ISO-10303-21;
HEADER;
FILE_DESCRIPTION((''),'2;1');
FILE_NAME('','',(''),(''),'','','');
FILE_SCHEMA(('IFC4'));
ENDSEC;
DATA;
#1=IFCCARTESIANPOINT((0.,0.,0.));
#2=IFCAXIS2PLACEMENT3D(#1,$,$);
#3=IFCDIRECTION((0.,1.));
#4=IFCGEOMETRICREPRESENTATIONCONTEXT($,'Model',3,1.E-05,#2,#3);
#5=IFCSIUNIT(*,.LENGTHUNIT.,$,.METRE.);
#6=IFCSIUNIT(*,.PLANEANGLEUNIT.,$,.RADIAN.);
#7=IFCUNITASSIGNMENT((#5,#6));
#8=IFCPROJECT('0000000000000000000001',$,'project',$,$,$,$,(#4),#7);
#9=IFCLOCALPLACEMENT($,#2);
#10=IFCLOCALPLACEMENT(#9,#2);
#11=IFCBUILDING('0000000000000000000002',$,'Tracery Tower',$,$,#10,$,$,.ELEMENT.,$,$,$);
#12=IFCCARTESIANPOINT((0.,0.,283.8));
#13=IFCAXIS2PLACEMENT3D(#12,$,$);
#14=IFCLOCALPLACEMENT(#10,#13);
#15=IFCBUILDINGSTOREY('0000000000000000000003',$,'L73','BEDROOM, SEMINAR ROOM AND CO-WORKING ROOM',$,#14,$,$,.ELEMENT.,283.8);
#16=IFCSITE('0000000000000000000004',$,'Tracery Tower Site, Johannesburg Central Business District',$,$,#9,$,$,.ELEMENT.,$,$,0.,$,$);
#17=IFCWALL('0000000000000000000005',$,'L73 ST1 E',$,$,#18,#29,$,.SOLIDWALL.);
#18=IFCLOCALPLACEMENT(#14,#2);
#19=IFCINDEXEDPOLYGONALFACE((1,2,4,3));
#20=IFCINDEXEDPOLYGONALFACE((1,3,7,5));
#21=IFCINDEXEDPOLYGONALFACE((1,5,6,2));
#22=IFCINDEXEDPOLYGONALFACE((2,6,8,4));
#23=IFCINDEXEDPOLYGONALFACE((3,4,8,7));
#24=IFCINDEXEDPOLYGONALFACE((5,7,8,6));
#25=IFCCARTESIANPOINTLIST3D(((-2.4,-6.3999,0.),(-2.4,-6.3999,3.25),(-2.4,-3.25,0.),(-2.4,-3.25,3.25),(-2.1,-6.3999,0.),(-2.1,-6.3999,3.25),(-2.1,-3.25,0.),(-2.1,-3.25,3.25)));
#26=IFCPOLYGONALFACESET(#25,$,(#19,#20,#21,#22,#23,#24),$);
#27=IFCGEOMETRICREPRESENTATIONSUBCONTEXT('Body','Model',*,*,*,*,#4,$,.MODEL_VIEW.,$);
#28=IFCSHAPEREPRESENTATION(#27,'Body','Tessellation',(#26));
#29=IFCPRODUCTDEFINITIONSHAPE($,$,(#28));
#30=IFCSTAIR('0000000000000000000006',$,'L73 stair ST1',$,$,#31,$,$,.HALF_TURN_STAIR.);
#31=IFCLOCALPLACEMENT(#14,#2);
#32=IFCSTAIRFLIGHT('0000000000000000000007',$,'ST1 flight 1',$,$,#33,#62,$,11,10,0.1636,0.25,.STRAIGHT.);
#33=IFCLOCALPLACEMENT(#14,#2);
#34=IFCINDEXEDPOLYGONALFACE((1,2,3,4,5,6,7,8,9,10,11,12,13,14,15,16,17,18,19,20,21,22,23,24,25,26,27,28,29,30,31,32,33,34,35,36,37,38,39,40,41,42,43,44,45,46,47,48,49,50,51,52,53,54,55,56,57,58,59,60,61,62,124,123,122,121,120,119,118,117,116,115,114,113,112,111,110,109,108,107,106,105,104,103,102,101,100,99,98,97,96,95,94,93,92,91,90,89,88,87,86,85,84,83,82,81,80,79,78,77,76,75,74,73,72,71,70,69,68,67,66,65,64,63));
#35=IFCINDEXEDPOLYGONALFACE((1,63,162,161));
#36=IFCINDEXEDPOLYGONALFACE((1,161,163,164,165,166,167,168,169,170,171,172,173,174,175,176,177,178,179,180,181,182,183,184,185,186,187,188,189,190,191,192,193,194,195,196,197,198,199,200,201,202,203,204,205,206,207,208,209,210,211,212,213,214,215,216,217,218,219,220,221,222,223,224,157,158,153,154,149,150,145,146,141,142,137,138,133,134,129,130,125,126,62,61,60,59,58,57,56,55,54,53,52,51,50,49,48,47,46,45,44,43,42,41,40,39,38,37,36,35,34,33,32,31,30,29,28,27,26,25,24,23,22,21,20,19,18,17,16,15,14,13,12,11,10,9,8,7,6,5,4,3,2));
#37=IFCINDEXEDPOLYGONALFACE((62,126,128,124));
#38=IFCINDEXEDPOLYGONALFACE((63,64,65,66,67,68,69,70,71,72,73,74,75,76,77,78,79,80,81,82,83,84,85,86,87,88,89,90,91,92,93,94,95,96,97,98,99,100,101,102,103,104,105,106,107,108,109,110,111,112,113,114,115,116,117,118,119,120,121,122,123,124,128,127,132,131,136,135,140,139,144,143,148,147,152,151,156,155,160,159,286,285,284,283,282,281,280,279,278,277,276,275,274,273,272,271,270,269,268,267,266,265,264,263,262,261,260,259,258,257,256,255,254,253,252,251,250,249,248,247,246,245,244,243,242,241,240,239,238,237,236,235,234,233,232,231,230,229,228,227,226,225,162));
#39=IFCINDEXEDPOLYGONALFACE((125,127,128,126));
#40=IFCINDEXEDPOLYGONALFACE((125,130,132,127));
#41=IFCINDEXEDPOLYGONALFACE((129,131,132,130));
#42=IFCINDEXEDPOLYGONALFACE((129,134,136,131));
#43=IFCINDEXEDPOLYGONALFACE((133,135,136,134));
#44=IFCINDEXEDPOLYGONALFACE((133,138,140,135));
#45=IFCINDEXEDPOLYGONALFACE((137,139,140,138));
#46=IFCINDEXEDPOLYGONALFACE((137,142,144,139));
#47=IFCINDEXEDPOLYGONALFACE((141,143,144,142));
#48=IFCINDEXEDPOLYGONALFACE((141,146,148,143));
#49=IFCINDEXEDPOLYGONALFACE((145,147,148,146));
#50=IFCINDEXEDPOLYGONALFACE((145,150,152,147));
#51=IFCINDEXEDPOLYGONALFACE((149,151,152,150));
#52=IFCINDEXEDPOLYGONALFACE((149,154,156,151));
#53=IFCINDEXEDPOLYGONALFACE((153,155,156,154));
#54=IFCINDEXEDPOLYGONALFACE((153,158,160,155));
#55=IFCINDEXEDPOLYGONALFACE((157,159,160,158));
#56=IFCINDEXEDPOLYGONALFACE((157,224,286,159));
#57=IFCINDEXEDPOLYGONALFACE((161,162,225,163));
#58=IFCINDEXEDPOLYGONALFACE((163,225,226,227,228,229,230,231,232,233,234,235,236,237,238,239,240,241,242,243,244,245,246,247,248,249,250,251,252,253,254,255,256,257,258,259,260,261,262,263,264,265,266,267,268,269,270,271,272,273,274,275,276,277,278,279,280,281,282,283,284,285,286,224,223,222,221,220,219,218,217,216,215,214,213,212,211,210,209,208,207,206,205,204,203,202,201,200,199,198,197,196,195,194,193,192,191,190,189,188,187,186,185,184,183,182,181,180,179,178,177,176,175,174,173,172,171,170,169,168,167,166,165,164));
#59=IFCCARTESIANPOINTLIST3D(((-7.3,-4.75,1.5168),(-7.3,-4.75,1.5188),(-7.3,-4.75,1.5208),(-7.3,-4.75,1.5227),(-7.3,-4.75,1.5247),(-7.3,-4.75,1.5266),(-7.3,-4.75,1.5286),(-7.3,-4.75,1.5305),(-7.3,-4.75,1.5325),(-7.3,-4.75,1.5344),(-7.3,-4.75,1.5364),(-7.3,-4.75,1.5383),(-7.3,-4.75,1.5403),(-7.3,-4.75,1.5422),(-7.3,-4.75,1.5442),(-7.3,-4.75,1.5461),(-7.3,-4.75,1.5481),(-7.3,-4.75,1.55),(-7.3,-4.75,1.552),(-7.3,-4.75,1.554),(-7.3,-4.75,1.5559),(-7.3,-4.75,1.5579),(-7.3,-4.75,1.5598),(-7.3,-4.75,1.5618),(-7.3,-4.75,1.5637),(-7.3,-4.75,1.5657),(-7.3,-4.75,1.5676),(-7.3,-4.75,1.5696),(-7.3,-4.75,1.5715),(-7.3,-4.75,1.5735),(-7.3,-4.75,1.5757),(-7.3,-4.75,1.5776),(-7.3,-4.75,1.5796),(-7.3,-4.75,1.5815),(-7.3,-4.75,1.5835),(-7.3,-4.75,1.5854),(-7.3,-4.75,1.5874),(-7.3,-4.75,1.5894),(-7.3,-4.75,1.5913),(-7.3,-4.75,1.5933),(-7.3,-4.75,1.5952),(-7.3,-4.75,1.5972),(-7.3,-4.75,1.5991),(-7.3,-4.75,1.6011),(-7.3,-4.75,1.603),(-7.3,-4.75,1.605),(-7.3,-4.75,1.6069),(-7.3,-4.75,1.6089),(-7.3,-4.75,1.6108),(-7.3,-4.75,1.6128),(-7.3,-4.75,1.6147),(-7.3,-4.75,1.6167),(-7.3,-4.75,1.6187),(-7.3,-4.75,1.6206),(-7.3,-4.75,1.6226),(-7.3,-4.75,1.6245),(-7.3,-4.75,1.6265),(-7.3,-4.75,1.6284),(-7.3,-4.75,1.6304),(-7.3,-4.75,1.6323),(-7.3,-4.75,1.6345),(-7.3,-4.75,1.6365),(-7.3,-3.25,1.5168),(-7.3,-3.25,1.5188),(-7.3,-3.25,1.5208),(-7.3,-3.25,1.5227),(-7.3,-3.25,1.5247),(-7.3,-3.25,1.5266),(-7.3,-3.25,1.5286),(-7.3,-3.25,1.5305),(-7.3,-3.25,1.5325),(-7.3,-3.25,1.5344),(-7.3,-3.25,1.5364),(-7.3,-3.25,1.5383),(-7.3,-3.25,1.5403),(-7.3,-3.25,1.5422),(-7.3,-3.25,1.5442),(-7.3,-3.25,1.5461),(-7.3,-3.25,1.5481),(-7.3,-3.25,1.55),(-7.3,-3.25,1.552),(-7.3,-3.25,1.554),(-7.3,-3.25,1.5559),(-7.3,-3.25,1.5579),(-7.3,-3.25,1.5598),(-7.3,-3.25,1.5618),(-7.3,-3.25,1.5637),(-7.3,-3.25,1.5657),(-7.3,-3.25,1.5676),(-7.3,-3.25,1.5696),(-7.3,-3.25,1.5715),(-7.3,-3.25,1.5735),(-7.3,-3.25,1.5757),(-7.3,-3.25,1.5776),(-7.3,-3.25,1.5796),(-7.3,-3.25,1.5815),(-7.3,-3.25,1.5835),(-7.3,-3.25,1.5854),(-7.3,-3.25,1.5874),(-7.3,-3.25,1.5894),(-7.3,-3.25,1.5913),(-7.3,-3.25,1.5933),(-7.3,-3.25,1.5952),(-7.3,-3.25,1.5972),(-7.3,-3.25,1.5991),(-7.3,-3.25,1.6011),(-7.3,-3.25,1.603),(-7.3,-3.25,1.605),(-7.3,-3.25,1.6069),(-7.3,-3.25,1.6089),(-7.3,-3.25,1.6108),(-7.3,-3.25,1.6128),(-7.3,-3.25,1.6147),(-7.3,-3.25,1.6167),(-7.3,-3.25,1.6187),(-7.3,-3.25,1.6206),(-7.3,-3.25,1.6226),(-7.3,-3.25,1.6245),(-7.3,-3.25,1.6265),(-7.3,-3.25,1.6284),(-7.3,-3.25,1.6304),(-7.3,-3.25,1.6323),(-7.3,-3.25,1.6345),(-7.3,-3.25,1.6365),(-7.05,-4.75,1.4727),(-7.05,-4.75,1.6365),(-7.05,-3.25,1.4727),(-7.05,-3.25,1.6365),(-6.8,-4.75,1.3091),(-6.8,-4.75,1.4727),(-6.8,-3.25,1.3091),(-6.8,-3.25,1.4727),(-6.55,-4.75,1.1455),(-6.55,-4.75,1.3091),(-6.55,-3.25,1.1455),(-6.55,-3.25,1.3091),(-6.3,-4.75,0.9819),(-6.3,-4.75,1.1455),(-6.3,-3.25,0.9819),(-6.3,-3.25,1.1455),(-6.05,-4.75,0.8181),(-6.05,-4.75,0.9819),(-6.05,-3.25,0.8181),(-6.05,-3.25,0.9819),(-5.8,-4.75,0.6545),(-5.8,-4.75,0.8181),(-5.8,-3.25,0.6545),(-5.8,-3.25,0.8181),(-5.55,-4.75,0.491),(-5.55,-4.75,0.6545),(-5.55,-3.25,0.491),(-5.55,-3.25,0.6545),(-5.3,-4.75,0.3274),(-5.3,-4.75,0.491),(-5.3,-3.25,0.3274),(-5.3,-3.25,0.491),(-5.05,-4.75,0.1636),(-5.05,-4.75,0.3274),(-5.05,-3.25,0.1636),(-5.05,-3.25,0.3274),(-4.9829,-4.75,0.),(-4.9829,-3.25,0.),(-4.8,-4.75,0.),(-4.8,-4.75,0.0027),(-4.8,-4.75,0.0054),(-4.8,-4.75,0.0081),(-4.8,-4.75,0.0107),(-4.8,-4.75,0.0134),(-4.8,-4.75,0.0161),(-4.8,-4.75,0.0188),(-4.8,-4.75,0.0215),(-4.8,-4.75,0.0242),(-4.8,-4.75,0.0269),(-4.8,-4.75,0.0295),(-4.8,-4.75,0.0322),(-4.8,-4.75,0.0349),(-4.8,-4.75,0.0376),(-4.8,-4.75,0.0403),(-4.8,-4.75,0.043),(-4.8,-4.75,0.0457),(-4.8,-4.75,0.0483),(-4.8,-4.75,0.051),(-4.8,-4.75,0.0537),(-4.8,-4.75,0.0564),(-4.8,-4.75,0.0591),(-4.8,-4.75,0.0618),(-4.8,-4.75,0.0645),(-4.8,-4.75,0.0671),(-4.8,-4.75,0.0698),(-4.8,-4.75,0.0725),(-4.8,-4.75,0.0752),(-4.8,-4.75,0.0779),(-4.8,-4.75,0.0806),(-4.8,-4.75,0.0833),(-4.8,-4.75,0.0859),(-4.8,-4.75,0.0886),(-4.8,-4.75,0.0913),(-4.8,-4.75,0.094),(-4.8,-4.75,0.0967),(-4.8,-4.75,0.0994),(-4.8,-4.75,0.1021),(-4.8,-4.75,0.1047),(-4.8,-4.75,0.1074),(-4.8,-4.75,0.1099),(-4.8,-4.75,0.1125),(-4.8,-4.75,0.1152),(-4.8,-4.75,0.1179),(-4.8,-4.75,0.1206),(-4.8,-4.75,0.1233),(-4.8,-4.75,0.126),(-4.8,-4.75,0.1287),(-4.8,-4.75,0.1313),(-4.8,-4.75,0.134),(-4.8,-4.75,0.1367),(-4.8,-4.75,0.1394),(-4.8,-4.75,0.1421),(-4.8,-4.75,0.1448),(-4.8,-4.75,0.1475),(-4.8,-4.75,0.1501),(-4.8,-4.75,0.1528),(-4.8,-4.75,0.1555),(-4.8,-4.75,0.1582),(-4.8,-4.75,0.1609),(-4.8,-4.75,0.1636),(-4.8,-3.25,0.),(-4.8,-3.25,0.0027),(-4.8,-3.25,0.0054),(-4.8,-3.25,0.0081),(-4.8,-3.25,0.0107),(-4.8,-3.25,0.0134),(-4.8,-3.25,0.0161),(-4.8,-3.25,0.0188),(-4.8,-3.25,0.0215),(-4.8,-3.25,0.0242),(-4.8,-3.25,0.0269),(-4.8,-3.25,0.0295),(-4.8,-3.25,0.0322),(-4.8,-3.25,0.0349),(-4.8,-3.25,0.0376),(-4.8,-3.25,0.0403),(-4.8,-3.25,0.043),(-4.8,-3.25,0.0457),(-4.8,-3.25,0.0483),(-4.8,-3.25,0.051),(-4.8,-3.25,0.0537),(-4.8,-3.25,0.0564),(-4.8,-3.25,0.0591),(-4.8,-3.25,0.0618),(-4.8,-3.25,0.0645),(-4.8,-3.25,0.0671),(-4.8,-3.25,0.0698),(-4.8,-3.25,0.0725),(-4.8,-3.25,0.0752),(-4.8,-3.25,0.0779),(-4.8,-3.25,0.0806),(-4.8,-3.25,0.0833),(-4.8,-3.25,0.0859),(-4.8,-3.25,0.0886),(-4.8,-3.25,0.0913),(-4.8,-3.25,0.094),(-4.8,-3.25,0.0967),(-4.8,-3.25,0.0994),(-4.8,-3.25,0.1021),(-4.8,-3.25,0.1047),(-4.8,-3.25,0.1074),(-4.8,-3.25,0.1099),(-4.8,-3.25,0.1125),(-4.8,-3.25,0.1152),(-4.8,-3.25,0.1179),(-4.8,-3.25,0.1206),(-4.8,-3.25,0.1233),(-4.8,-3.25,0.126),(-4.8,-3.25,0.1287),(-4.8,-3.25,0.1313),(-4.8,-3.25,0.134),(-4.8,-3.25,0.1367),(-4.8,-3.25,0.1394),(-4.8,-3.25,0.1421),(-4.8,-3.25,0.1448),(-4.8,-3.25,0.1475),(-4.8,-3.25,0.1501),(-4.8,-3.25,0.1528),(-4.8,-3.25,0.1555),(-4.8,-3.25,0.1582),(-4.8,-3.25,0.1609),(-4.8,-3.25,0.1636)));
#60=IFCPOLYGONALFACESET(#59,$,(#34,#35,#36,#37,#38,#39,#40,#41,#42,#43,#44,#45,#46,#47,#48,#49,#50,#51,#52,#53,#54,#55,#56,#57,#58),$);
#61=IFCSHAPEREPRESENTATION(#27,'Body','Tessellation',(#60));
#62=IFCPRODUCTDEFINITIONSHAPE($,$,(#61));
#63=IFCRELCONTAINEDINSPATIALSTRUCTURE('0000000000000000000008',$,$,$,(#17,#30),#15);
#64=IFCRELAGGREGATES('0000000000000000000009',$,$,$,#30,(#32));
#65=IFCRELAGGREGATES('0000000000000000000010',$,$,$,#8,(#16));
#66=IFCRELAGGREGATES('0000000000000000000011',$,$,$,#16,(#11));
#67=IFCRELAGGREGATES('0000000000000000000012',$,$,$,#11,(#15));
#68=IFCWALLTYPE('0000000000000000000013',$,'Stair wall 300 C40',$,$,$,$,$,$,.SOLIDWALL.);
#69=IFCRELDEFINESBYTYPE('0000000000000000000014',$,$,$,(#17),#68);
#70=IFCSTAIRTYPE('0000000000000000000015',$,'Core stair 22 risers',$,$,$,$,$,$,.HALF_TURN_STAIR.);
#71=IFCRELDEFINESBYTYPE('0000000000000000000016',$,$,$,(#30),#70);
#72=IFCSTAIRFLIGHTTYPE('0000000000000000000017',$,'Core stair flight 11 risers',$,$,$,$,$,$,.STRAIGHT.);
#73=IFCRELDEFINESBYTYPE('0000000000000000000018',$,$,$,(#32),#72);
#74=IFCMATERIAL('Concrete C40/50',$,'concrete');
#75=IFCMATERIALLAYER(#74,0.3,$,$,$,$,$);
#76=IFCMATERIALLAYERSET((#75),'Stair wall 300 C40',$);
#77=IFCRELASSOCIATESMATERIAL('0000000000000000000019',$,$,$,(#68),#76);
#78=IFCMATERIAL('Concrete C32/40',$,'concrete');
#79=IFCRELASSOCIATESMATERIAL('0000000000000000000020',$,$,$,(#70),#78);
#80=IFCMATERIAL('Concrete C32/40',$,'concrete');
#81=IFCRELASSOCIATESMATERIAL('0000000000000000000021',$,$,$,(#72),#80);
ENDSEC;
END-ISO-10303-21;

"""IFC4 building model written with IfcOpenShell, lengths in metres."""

from ifc_helpers import new_model, si_unit, direction, frame, frame_2d, origin, place, context, subcontext, project, spatial, polyline, rectangle, outline, extrude, material, layer, layer_set, type_object, element, aggregate, save


model = new_model("IFC4")

# Units and contexts
model_context = context("Model", 3, precision=1e-05, world=origin(), true_north=direction((0.0, 1.0)))
body_context = subcontext(model_context, "Body", "Model", "MODEL_VIEW")
ifc_project = project(units=[si_unit("LENGTHUNIT", "METRE"), si_unit("PLANEANGLEUNIT", "RADIAN")], contexts=[model_context])

# Site, building, storey
site_placement = place(None, origin())
site = spatial("IfcSite", under=ifc_project, at=site_placement, Name="Tracery Tower Site, Johannesburg Central Business District", CompositionType="ELEMENT", RefElevation=0.0)
building_placement = place(site_placement, origin())
building = spatial("IfcBuilding", under=site, at=building_placement, Name="Tracery Tower", CompositionType="ELEMENT")
storey_placement = place(building_placement, frame((0.0, 0.0, 283.8)))
storey = spatial("IfcBuildingStorey", under=building, at=storey_placement, Name="L73", Description="BEDROOM, SEMINAR ROOM AND CO-WORKING ROOM", CompositionType="ELEMENT", Elevation=283.8)

# Shared definitions
ifc_material_1 = material(Name="Concrete C40/50", Category="concrete")
ifc_layer_1 = layer(ifc_material_1, 0.3)
ifc_layer_set_1 = layer_set([ifc_layer_1], Name="Stair wall 300 C40")
wall_type_1 = type_object("IfcWallType", Name="Stair wall 300 C40", PredefinedType="SOLIDWALL", material=ifc_layer_set_1)

# Wall
wall_1_placement = place(storey_placement, frame((-2.25, -6.3999, 0.0), z_axis=(0.0, 0.0, 1.0), x_axis=(0.0, 1.0, 0.0)))
element("IfcWall", 1, at=wall_1_placement, inside=storey, type_object=wall_type_1, Name="L73 ST1 E", PredefinedType="SOLIDWALL", context=body_context, shape_type="SweptSolid", body=[
    extrude(rectangle(XDim=3.1499, YDim=0.3, at=frame_2d((1.575, 0.0))), origin(), (0.0, 0.0, 1.0), 3.25),
])

# Stair, stair flight
ifc_material_2 = material(Name="Concrete C32/40", Category="concrete")
stair_type = type_object("IfcStairType", Name="Core stair 22 risers", PredefinedType="HALF_TURN_STAIR", material=ifc_material_2)
stair_placement = place(storey_placement, origin())
stair = element("IfcStair", 2, at=stair_placement, inside=storey, type_object=stair_type, Name="L73 stair ST1", PredefinedType="HALF_TURN_STAIR")
ifc_material_3 = material(Name="Concrete C32/40", Category="concrete")
stair_flight_type = type_object("IfcStairFlightType", Name="Core stair flight 11 risers", PredefinedType="STRAIGHT", material=ifc_material_3)
stair_flight_1_placement = place(storey_placement, frame((-4.8, -4.0, 0.0), z_axis=(0.0, 0.0, 1.0), x_axis=(-1.0, 0.0, 0.0)))
stair_flight_1 = element("IfcStairFlight", 3, at=stair_flight_1_placement, type_object=stair_flight_type, Name="ST1 flight 1", NumberOfRisers=11, NumberOfTreads=10, PredefinedType="STRAIGHT", RiserHeight=0.1636, TreadLength=0.25, context=body_context, shape_type="SweptSolid", body=[
    extrude(outline(polyline([(0.0, 0.0), (0.0, 0.0027), (0.0, 0.0054), (0.0, 0.0081), (0.0, 0.0107), (0.0, 0.0134), (0.0, 0.0161), (0.0, 0.0188), (0.0, 0.0215), (0.0, 0.0242), (0.0, 0.0269), (0.0, 0.0295), (0.0, 0.0322), (0.0, 0.0349), (0.0, 0.0376), (0.0, 0.0403), (0.0, 0.043), (0.0, 0.0457), (0.0, 0.0483), (0.0, 0.051), (0.0, 0.0537), (0.0, 0.0564), (0.0, 0.0591), (0.0, 0.0618), (0.0, 0.0645), (0.0, 0.0671), (0.0, 0.0698), (0.0, 0.0725), (0.0, 0.0752), (0.0, 0.0779), (0.0, 0.0806), (0.0, 0.0833), (0.0, 0.0859), (0.0, 0.0886), (0.0, 0.0913), (0.0, 0.094), (0.0, 0.0967), (0.0, 0.0994), (0.0, 0.1021), (0.0, 0.1047), (0.0, 0.1074), (0.0, 0.1099), (0.0, 0.1125), (0.0, 0.1152), (0.0, 0.1179), (0.0, 0.1206), (0.0, 0.1233), (0.0, 0.126), (0.0, 0.1287), (0.0, 0.1313), (0.0, 0.134), (0.0, 0.1367), (0.0, 0.1394), (0.0, 0.1421), (0.0, 0.1448), (0.0, 0.1475), (0.0, 0.1501), (0.0, 0.1528), (0.0, 0.1555), (0.0, 0.1582), (0.0, 0.1609), (0.0, 0.1636), (0.25, 0.1636), (0.25, 0.3274), (0.5, 0.3274), (0.5, 0.491), (0.75, 0.491), (0.75, 0.6545), (1.0, 0.6545), (1.0, 0.8181), (1.25, 0.8181), (1.25, 0.9819), (1.5, 0.9819), (1.5, 1.1455), (1.75, 1.1455), (1.75, 1.3091), (2.0, 1.3091), (2.0, 1.4727), (2.25, 1.4727), (2.25, 1.6365), (2.5, 1.6365), (2.5, 1.6345), (2.5, 1.6323), (2.5, 1.6304), (2.5, 1.6284), (2.5, 1.6265), (2.5, 1.6245), (2.5, 1.6226), (2.5, 1.6206), (2.5, 1.6187), (2.5, 1.6167), (2.5, 1.6147), (2.5, 1.6128), (2.5, 1.6108), (2.5, 1.6089), (2.5, 1.6069), (2.5, 1.605), (2.5, 1.603), (2.5, 1.6011), (2.5, 1.5991), (2.5, 1.5972), (2.5, 1.5952), (2.5, 1.5933), (2.5, 1.5913), (2.5, 1.5894), (2.5, 1.5874), (2.5, 1.5854), (2.5, 1.5835), (2.5, 1.5815), (2.5, 1.5796), (2.5, 1.5776), (2.5, 1.5757), (2.5, 1.5735), (2.5, 1.5715), (2.5, 1.5696), (2.5, 1.5676), (2.5, 1.5657), (2.5, 1.5637), (2.5, 1.5618), (2.5, 1.5598), (2.5, 1.5579), (2.5, 1.5559), (2.5, 1.554), (2.5, 1.552), (2.5, 1.55), (2.5, 1.5481), (2.5, 1.5461), (2.5, 1.5442), (2.5, 1.5422), (2.5, 1.5403), (2.5, 1.5383), (2.5, 1.5364), (2.5, 1.5344), (2.5, 1.5325), (2.5, 1.5305), (2.5, 1.5286), (2.5, 1.5266), (2.5, 1.5247), (2.5, 1.5227), (2.5, 1.5208), (2.5, 1.5188), (2.5, 1.5168), (0.1829, 0.0), (0.0, 0.0)])), frame((0.0, 0.75, 0.0), z_axis=(0.0, -1.0, 0.0), x_axis=(1.0, 0.0, 0.0)), (0.0, 0.0, 1.0), 1.5),
])
aggregate(stair, [stair_flight_1])

save(model, "model.ifc")
